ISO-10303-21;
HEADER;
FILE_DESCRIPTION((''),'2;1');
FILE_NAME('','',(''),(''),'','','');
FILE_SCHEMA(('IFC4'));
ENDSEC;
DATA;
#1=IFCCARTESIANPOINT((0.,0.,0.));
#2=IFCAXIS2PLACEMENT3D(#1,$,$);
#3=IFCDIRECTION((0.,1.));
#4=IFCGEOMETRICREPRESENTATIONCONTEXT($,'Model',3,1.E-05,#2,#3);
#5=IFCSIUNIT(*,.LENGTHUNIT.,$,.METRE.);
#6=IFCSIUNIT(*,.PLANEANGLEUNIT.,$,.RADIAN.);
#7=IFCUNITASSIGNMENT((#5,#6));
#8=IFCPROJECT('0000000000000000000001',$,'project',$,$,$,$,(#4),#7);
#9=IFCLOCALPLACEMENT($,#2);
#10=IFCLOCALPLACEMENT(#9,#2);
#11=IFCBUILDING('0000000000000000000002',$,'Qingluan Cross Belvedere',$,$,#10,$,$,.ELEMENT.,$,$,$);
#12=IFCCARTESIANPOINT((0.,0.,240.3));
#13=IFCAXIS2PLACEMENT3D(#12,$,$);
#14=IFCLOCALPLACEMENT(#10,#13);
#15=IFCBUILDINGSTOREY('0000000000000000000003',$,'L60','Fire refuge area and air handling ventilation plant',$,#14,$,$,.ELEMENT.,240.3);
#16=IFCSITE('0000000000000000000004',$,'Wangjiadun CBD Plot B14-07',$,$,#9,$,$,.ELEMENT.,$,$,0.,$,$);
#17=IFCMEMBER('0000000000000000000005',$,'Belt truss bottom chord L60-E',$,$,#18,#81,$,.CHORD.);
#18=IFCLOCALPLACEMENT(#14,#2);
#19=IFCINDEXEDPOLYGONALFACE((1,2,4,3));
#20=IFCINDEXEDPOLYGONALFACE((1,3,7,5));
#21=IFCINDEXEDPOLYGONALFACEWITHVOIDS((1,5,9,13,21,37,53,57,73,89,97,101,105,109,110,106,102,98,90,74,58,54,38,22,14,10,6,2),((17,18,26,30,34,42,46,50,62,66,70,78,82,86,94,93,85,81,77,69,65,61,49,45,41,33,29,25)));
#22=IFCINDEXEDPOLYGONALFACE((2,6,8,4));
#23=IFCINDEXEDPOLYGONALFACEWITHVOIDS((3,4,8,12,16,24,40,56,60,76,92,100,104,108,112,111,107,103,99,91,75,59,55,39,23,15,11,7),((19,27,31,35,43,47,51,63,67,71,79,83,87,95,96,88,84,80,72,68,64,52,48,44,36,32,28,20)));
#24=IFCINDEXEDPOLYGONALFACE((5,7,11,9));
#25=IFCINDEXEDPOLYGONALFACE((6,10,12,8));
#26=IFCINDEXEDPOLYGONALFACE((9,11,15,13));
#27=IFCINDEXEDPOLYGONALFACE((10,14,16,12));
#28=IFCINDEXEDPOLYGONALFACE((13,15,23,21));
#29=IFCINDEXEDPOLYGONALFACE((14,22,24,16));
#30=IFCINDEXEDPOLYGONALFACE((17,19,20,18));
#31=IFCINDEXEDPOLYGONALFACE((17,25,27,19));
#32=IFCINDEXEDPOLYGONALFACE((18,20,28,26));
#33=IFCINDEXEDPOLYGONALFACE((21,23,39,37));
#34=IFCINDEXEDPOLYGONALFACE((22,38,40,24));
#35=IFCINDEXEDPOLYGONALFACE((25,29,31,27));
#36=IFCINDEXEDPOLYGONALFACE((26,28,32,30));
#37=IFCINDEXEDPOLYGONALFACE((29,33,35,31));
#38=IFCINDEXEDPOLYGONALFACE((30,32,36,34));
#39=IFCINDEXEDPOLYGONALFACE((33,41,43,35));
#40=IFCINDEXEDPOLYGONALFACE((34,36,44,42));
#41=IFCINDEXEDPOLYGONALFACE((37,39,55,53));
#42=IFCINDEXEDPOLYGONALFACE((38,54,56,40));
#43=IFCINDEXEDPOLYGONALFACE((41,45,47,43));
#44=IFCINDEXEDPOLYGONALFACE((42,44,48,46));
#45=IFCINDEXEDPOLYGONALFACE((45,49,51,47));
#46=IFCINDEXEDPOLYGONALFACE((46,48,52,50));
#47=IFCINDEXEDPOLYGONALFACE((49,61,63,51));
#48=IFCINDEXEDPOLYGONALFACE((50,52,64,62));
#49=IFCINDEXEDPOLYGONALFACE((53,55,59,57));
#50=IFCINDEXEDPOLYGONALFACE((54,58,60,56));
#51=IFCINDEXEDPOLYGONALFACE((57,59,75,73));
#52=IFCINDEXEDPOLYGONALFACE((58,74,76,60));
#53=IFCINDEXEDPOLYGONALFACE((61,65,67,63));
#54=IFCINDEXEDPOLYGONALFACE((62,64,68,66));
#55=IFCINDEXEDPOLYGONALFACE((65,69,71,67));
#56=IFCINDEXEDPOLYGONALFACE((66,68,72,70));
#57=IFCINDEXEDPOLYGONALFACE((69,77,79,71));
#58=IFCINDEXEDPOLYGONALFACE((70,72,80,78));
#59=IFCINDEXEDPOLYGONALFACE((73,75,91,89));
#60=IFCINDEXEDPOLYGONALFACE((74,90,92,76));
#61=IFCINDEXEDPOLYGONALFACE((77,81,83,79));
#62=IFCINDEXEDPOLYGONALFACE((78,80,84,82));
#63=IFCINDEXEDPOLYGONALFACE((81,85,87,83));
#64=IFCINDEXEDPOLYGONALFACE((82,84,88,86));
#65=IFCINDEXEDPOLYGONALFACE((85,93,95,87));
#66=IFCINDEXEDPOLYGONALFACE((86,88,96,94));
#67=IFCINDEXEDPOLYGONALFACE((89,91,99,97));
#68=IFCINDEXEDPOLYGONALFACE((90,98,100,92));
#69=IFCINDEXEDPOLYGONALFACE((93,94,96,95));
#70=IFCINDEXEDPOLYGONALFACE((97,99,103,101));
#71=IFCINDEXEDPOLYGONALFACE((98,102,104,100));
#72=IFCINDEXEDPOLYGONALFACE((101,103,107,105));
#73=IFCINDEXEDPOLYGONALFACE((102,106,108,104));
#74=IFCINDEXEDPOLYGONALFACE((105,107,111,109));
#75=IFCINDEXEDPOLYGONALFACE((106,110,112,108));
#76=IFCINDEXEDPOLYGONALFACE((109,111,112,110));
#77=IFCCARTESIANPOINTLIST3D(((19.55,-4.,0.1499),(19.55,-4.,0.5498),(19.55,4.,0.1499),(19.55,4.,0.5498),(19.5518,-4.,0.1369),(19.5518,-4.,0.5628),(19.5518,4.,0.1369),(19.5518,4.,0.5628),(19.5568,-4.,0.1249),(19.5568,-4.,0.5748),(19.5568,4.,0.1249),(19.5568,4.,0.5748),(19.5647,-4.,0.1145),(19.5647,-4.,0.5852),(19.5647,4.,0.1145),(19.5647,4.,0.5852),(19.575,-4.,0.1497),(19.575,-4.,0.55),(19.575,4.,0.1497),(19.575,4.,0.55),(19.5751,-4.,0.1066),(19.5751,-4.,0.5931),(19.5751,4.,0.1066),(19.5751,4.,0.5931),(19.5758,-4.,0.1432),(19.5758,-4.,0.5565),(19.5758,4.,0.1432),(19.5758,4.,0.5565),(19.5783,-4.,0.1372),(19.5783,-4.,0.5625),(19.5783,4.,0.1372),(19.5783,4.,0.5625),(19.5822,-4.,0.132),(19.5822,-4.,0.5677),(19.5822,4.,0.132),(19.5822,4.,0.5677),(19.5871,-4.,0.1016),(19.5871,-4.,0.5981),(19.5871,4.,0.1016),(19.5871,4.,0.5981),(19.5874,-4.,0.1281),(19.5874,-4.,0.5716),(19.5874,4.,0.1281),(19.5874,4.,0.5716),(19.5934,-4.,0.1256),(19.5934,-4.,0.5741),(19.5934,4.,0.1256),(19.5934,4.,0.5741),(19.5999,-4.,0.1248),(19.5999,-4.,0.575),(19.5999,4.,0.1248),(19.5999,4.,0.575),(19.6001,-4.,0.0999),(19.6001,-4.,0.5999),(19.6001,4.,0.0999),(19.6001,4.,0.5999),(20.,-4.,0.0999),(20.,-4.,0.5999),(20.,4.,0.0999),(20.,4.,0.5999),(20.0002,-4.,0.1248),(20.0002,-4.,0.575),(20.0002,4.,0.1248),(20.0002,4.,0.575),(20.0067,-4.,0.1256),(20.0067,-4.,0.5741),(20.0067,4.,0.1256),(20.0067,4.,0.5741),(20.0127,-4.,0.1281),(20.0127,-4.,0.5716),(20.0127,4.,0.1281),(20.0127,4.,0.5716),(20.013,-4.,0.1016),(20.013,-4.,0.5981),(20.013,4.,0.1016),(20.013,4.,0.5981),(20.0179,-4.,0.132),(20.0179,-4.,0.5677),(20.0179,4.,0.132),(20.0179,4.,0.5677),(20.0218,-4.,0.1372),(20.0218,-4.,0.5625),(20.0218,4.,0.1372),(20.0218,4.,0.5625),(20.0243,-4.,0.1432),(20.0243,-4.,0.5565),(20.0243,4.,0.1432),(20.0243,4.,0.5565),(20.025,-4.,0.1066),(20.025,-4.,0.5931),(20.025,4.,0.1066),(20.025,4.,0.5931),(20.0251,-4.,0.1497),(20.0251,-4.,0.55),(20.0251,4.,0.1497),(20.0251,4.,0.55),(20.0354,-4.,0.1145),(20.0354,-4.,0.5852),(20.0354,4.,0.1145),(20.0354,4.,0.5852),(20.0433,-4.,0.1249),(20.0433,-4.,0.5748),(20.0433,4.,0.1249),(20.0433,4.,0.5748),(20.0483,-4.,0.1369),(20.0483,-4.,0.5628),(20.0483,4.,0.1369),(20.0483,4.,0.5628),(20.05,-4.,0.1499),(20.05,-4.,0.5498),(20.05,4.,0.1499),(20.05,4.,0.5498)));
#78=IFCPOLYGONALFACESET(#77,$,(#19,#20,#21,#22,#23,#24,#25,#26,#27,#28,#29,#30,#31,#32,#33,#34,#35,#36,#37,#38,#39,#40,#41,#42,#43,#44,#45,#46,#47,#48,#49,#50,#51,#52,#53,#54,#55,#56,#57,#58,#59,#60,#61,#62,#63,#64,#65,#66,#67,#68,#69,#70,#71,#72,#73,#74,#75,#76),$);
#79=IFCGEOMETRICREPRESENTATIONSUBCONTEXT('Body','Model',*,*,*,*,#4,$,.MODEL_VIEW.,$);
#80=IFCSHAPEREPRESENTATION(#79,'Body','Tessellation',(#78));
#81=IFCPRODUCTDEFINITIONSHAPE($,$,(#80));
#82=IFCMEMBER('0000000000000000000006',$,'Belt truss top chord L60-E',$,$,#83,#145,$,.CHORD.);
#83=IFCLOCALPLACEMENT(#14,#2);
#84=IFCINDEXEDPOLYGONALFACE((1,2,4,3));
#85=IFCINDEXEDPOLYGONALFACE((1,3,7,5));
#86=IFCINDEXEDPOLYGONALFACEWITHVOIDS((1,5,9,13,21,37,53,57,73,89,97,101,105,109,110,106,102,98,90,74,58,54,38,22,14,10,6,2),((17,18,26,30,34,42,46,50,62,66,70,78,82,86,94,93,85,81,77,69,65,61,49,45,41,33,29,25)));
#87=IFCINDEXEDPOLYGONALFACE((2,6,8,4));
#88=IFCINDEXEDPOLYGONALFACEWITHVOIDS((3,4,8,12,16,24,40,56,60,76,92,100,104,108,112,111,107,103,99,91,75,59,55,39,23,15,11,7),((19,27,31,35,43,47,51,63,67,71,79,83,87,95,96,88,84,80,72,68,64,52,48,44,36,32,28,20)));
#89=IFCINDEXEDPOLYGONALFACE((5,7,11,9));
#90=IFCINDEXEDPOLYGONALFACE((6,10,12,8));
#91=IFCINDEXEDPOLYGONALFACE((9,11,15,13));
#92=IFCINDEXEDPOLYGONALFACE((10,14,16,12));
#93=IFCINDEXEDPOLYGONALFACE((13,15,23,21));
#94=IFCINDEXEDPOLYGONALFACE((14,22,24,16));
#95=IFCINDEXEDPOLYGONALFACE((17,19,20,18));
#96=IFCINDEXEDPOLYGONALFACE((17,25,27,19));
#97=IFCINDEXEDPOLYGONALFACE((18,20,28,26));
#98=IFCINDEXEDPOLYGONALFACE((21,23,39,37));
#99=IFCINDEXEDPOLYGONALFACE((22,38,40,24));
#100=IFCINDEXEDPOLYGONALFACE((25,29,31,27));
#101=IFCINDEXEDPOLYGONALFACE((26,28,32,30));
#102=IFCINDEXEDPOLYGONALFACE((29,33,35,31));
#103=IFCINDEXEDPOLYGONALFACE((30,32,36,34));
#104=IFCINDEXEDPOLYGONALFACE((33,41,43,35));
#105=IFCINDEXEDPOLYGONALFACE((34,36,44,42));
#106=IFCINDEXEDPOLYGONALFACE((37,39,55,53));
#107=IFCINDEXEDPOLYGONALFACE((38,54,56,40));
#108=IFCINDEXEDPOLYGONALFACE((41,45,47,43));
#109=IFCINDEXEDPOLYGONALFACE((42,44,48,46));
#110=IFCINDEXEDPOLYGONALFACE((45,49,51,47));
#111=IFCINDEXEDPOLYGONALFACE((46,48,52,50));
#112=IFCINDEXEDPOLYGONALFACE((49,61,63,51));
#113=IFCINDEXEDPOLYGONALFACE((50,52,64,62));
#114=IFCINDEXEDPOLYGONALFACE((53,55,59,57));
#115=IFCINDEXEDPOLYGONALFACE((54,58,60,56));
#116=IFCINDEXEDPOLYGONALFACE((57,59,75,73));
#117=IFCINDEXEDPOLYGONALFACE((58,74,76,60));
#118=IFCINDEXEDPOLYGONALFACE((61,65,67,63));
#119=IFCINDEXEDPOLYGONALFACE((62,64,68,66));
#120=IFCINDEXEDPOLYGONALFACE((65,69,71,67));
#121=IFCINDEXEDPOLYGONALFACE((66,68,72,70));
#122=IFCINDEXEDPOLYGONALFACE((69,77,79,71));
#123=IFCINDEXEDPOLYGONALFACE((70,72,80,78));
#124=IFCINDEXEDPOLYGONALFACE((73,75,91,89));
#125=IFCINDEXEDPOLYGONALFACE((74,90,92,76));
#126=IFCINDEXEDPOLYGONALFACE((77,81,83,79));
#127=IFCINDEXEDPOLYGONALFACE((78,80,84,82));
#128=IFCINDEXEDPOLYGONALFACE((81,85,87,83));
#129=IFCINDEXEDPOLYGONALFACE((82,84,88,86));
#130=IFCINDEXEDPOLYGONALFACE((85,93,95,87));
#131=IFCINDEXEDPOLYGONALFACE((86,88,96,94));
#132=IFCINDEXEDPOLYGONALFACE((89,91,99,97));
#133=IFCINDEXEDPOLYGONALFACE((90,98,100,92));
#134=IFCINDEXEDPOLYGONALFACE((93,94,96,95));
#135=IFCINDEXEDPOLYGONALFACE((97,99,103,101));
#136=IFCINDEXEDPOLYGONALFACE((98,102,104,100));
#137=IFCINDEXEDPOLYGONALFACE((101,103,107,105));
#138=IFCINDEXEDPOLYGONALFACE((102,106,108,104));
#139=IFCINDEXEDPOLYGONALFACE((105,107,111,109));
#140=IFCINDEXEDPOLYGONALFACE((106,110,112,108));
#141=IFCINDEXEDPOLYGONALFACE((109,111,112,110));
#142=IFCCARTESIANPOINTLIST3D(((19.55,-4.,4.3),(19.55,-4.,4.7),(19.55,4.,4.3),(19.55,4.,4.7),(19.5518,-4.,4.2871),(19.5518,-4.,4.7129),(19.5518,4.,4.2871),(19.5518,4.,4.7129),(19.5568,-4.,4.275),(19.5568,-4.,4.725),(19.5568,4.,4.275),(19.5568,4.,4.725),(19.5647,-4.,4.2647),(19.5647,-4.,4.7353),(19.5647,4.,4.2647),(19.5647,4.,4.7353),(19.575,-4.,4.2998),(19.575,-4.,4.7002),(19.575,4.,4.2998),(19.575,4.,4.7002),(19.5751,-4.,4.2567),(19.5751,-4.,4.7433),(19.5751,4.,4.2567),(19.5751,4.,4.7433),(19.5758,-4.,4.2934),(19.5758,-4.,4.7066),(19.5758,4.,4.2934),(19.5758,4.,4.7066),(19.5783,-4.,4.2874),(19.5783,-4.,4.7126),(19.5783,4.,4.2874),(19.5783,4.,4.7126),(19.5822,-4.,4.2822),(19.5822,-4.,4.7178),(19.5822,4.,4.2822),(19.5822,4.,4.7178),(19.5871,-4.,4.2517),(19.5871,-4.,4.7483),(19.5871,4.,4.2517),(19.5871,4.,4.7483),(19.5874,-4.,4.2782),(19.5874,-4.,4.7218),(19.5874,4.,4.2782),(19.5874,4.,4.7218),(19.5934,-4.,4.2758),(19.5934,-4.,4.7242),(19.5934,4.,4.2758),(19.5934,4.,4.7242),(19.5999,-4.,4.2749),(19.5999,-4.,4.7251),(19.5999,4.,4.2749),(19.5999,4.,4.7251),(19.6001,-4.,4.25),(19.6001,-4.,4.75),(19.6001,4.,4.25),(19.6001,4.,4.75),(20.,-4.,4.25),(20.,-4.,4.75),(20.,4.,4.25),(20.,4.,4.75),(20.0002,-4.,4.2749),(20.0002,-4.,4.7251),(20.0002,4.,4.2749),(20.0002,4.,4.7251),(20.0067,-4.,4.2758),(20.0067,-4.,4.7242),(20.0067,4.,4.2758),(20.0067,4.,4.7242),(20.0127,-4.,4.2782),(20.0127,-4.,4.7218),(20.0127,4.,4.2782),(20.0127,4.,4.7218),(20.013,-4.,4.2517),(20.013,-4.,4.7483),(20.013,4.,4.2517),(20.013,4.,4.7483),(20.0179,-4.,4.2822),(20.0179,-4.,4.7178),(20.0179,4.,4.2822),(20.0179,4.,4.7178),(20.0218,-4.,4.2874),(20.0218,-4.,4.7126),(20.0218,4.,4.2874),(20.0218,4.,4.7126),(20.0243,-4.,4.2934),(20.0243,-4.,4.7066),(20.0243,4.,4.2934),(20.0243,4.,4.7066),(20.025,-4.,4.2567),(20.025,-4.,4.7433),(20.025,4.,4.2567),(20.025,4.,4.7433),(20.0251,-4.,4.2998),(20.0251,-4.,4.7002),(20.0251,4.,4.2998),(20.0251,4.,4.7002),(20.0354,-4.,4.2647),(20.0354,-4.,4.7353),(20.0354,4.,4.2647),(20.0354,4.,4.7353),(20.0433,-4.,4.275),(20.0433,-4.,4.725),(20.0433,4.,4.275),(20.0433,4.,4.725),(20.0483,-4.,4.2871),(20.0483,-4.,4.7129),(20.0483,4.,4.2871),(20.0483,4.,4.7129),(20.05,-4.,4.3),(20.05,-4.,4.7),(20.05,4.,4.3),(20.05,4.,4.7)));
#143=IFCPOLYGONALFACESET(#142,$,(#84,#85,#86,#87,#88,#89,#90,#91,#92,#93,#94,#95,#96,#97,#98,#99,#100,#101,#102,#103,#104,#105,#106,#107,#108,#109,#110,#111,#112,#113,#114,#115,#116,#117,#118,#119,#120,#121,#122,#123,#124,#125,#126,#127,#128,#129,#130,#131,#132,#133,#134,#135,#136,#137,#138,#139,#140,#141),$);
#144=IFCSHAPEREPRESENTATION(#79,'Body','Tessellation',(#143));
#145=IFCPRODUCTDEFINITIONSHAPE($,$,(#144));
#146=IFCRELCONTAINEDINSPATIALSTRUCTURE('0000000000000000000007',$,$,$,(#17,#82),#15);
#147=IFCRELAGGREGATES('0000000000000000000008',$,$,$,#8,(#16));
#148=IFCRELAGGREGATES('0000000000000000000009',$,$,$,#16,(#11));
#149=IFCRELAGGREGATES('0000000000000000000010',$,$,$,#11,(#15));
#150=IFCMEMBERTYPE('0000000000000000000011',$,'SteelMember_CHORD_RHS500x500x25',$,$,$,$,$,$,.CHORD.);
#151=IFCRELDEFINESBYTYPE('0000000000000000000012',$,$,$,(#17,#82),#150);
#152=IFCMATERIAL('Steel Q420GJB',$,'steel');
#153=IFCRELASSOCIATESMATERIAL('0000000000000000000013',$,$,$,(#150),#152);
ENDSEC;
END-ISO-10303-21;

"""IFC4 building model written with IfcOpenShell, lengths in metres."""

from ifc_helpers import new_model, si_unit, direction, frame, origin, origin_2d, place, context, subcontext, project, spatial, hollow_rectangle, extrude, material, material_profile, profile_set, type_object, element, save


model = new_model("IFC4")

# Units and contexts
model_context = context("Model", 3, precision=1e-05, world=origin(), true_north=direction((0.0, 1.0)))
body_context = subcontext(model_context, "Body", "Model", "MODEL_VIEW")
ifc_project = project(units=[si_unit("LENGTHUNIT", "METRE"), si_unit("PLANEANGLEUNIT", "RADIAN")], contexts=[model_context])

# Site, building, storey
site_placement = place(None, origin())
site = spatial("IfcSite", under=ifc_project, at=site_placement, Name="Wangjiadun CBD Plot B14-07", CompositionType="ELEMENT", RefElevation=0.0)
building_placement = place(site_placement, origin())
building = spatial("IfcBuilding", under=site, at=building_placement, Name="Qingluan Cross Belvedere", CompositionType="ELEMENT")
storey_placement = place(building_placement, frame((0.0, 0.0, 240.3)))
storey = spatial("IfcBuildingStorey", under=building, at=storey_placement, Name="L60", Description="Fire refuge area and air handling ventilation plant", CompositionType="ELEMENT", Elevation=240.3)

# Members
ifc_material_1 = material(Name="Steel Q420GJB", Category="steel")
ifc_material_profile_1 = material_profile(ifc_material_1, hollow_rectangle(XDim=0.5, YDim=0.5, WallThickness=0.0249, InnerFilletRadius=0.0249, OuterFilletRadius=0.05, at=origin_2d()), Name="RHS500x500x25")
ifc_profile_set_1 = profile_set([ifc_material_profile_1], Name="Steel Q420GJB")
member_type_1 = type_object("IfcMemberType", Name="SteelMember_CHORD_RHS500x500x25", PredefinedType="CHORD", material=ifc_profile_set_1)
for number, where, z_axis, x_axis, name in (
    (1, (19.8, -4.0, 0.3499), (0.0, 1.0, 0.0), (-1.0, 0.0, 0.0), "Belt truss bottom chord L60-E"),
    (2, (19.8, -4.0, 4.5), (0.0, 1.0, 0.0), (-1.0, 0.0, 0.0), "Belt truss top chord L60-E"),
):
    element("IfcMember", number, at=place(storey_placement, frame(where, z_axis=z_axis, x_axis=x_axis)), inside=storey, type_object=member_type_1, Name=name, PredefinedType="CHORD", context=body_context, shape_type="SweptSolid", body=[
        extrude(hollow_rectangle(XDim=0.5, YDim=0.5, WallThickness=0.0249, InnerFilletRadius=0.0249, OuterFilletRadius=0.05, at=origin_2d()), origin(), (0.0, 0.0, 1.0), 8.0),
    ])

save(model, "model.ifc")
